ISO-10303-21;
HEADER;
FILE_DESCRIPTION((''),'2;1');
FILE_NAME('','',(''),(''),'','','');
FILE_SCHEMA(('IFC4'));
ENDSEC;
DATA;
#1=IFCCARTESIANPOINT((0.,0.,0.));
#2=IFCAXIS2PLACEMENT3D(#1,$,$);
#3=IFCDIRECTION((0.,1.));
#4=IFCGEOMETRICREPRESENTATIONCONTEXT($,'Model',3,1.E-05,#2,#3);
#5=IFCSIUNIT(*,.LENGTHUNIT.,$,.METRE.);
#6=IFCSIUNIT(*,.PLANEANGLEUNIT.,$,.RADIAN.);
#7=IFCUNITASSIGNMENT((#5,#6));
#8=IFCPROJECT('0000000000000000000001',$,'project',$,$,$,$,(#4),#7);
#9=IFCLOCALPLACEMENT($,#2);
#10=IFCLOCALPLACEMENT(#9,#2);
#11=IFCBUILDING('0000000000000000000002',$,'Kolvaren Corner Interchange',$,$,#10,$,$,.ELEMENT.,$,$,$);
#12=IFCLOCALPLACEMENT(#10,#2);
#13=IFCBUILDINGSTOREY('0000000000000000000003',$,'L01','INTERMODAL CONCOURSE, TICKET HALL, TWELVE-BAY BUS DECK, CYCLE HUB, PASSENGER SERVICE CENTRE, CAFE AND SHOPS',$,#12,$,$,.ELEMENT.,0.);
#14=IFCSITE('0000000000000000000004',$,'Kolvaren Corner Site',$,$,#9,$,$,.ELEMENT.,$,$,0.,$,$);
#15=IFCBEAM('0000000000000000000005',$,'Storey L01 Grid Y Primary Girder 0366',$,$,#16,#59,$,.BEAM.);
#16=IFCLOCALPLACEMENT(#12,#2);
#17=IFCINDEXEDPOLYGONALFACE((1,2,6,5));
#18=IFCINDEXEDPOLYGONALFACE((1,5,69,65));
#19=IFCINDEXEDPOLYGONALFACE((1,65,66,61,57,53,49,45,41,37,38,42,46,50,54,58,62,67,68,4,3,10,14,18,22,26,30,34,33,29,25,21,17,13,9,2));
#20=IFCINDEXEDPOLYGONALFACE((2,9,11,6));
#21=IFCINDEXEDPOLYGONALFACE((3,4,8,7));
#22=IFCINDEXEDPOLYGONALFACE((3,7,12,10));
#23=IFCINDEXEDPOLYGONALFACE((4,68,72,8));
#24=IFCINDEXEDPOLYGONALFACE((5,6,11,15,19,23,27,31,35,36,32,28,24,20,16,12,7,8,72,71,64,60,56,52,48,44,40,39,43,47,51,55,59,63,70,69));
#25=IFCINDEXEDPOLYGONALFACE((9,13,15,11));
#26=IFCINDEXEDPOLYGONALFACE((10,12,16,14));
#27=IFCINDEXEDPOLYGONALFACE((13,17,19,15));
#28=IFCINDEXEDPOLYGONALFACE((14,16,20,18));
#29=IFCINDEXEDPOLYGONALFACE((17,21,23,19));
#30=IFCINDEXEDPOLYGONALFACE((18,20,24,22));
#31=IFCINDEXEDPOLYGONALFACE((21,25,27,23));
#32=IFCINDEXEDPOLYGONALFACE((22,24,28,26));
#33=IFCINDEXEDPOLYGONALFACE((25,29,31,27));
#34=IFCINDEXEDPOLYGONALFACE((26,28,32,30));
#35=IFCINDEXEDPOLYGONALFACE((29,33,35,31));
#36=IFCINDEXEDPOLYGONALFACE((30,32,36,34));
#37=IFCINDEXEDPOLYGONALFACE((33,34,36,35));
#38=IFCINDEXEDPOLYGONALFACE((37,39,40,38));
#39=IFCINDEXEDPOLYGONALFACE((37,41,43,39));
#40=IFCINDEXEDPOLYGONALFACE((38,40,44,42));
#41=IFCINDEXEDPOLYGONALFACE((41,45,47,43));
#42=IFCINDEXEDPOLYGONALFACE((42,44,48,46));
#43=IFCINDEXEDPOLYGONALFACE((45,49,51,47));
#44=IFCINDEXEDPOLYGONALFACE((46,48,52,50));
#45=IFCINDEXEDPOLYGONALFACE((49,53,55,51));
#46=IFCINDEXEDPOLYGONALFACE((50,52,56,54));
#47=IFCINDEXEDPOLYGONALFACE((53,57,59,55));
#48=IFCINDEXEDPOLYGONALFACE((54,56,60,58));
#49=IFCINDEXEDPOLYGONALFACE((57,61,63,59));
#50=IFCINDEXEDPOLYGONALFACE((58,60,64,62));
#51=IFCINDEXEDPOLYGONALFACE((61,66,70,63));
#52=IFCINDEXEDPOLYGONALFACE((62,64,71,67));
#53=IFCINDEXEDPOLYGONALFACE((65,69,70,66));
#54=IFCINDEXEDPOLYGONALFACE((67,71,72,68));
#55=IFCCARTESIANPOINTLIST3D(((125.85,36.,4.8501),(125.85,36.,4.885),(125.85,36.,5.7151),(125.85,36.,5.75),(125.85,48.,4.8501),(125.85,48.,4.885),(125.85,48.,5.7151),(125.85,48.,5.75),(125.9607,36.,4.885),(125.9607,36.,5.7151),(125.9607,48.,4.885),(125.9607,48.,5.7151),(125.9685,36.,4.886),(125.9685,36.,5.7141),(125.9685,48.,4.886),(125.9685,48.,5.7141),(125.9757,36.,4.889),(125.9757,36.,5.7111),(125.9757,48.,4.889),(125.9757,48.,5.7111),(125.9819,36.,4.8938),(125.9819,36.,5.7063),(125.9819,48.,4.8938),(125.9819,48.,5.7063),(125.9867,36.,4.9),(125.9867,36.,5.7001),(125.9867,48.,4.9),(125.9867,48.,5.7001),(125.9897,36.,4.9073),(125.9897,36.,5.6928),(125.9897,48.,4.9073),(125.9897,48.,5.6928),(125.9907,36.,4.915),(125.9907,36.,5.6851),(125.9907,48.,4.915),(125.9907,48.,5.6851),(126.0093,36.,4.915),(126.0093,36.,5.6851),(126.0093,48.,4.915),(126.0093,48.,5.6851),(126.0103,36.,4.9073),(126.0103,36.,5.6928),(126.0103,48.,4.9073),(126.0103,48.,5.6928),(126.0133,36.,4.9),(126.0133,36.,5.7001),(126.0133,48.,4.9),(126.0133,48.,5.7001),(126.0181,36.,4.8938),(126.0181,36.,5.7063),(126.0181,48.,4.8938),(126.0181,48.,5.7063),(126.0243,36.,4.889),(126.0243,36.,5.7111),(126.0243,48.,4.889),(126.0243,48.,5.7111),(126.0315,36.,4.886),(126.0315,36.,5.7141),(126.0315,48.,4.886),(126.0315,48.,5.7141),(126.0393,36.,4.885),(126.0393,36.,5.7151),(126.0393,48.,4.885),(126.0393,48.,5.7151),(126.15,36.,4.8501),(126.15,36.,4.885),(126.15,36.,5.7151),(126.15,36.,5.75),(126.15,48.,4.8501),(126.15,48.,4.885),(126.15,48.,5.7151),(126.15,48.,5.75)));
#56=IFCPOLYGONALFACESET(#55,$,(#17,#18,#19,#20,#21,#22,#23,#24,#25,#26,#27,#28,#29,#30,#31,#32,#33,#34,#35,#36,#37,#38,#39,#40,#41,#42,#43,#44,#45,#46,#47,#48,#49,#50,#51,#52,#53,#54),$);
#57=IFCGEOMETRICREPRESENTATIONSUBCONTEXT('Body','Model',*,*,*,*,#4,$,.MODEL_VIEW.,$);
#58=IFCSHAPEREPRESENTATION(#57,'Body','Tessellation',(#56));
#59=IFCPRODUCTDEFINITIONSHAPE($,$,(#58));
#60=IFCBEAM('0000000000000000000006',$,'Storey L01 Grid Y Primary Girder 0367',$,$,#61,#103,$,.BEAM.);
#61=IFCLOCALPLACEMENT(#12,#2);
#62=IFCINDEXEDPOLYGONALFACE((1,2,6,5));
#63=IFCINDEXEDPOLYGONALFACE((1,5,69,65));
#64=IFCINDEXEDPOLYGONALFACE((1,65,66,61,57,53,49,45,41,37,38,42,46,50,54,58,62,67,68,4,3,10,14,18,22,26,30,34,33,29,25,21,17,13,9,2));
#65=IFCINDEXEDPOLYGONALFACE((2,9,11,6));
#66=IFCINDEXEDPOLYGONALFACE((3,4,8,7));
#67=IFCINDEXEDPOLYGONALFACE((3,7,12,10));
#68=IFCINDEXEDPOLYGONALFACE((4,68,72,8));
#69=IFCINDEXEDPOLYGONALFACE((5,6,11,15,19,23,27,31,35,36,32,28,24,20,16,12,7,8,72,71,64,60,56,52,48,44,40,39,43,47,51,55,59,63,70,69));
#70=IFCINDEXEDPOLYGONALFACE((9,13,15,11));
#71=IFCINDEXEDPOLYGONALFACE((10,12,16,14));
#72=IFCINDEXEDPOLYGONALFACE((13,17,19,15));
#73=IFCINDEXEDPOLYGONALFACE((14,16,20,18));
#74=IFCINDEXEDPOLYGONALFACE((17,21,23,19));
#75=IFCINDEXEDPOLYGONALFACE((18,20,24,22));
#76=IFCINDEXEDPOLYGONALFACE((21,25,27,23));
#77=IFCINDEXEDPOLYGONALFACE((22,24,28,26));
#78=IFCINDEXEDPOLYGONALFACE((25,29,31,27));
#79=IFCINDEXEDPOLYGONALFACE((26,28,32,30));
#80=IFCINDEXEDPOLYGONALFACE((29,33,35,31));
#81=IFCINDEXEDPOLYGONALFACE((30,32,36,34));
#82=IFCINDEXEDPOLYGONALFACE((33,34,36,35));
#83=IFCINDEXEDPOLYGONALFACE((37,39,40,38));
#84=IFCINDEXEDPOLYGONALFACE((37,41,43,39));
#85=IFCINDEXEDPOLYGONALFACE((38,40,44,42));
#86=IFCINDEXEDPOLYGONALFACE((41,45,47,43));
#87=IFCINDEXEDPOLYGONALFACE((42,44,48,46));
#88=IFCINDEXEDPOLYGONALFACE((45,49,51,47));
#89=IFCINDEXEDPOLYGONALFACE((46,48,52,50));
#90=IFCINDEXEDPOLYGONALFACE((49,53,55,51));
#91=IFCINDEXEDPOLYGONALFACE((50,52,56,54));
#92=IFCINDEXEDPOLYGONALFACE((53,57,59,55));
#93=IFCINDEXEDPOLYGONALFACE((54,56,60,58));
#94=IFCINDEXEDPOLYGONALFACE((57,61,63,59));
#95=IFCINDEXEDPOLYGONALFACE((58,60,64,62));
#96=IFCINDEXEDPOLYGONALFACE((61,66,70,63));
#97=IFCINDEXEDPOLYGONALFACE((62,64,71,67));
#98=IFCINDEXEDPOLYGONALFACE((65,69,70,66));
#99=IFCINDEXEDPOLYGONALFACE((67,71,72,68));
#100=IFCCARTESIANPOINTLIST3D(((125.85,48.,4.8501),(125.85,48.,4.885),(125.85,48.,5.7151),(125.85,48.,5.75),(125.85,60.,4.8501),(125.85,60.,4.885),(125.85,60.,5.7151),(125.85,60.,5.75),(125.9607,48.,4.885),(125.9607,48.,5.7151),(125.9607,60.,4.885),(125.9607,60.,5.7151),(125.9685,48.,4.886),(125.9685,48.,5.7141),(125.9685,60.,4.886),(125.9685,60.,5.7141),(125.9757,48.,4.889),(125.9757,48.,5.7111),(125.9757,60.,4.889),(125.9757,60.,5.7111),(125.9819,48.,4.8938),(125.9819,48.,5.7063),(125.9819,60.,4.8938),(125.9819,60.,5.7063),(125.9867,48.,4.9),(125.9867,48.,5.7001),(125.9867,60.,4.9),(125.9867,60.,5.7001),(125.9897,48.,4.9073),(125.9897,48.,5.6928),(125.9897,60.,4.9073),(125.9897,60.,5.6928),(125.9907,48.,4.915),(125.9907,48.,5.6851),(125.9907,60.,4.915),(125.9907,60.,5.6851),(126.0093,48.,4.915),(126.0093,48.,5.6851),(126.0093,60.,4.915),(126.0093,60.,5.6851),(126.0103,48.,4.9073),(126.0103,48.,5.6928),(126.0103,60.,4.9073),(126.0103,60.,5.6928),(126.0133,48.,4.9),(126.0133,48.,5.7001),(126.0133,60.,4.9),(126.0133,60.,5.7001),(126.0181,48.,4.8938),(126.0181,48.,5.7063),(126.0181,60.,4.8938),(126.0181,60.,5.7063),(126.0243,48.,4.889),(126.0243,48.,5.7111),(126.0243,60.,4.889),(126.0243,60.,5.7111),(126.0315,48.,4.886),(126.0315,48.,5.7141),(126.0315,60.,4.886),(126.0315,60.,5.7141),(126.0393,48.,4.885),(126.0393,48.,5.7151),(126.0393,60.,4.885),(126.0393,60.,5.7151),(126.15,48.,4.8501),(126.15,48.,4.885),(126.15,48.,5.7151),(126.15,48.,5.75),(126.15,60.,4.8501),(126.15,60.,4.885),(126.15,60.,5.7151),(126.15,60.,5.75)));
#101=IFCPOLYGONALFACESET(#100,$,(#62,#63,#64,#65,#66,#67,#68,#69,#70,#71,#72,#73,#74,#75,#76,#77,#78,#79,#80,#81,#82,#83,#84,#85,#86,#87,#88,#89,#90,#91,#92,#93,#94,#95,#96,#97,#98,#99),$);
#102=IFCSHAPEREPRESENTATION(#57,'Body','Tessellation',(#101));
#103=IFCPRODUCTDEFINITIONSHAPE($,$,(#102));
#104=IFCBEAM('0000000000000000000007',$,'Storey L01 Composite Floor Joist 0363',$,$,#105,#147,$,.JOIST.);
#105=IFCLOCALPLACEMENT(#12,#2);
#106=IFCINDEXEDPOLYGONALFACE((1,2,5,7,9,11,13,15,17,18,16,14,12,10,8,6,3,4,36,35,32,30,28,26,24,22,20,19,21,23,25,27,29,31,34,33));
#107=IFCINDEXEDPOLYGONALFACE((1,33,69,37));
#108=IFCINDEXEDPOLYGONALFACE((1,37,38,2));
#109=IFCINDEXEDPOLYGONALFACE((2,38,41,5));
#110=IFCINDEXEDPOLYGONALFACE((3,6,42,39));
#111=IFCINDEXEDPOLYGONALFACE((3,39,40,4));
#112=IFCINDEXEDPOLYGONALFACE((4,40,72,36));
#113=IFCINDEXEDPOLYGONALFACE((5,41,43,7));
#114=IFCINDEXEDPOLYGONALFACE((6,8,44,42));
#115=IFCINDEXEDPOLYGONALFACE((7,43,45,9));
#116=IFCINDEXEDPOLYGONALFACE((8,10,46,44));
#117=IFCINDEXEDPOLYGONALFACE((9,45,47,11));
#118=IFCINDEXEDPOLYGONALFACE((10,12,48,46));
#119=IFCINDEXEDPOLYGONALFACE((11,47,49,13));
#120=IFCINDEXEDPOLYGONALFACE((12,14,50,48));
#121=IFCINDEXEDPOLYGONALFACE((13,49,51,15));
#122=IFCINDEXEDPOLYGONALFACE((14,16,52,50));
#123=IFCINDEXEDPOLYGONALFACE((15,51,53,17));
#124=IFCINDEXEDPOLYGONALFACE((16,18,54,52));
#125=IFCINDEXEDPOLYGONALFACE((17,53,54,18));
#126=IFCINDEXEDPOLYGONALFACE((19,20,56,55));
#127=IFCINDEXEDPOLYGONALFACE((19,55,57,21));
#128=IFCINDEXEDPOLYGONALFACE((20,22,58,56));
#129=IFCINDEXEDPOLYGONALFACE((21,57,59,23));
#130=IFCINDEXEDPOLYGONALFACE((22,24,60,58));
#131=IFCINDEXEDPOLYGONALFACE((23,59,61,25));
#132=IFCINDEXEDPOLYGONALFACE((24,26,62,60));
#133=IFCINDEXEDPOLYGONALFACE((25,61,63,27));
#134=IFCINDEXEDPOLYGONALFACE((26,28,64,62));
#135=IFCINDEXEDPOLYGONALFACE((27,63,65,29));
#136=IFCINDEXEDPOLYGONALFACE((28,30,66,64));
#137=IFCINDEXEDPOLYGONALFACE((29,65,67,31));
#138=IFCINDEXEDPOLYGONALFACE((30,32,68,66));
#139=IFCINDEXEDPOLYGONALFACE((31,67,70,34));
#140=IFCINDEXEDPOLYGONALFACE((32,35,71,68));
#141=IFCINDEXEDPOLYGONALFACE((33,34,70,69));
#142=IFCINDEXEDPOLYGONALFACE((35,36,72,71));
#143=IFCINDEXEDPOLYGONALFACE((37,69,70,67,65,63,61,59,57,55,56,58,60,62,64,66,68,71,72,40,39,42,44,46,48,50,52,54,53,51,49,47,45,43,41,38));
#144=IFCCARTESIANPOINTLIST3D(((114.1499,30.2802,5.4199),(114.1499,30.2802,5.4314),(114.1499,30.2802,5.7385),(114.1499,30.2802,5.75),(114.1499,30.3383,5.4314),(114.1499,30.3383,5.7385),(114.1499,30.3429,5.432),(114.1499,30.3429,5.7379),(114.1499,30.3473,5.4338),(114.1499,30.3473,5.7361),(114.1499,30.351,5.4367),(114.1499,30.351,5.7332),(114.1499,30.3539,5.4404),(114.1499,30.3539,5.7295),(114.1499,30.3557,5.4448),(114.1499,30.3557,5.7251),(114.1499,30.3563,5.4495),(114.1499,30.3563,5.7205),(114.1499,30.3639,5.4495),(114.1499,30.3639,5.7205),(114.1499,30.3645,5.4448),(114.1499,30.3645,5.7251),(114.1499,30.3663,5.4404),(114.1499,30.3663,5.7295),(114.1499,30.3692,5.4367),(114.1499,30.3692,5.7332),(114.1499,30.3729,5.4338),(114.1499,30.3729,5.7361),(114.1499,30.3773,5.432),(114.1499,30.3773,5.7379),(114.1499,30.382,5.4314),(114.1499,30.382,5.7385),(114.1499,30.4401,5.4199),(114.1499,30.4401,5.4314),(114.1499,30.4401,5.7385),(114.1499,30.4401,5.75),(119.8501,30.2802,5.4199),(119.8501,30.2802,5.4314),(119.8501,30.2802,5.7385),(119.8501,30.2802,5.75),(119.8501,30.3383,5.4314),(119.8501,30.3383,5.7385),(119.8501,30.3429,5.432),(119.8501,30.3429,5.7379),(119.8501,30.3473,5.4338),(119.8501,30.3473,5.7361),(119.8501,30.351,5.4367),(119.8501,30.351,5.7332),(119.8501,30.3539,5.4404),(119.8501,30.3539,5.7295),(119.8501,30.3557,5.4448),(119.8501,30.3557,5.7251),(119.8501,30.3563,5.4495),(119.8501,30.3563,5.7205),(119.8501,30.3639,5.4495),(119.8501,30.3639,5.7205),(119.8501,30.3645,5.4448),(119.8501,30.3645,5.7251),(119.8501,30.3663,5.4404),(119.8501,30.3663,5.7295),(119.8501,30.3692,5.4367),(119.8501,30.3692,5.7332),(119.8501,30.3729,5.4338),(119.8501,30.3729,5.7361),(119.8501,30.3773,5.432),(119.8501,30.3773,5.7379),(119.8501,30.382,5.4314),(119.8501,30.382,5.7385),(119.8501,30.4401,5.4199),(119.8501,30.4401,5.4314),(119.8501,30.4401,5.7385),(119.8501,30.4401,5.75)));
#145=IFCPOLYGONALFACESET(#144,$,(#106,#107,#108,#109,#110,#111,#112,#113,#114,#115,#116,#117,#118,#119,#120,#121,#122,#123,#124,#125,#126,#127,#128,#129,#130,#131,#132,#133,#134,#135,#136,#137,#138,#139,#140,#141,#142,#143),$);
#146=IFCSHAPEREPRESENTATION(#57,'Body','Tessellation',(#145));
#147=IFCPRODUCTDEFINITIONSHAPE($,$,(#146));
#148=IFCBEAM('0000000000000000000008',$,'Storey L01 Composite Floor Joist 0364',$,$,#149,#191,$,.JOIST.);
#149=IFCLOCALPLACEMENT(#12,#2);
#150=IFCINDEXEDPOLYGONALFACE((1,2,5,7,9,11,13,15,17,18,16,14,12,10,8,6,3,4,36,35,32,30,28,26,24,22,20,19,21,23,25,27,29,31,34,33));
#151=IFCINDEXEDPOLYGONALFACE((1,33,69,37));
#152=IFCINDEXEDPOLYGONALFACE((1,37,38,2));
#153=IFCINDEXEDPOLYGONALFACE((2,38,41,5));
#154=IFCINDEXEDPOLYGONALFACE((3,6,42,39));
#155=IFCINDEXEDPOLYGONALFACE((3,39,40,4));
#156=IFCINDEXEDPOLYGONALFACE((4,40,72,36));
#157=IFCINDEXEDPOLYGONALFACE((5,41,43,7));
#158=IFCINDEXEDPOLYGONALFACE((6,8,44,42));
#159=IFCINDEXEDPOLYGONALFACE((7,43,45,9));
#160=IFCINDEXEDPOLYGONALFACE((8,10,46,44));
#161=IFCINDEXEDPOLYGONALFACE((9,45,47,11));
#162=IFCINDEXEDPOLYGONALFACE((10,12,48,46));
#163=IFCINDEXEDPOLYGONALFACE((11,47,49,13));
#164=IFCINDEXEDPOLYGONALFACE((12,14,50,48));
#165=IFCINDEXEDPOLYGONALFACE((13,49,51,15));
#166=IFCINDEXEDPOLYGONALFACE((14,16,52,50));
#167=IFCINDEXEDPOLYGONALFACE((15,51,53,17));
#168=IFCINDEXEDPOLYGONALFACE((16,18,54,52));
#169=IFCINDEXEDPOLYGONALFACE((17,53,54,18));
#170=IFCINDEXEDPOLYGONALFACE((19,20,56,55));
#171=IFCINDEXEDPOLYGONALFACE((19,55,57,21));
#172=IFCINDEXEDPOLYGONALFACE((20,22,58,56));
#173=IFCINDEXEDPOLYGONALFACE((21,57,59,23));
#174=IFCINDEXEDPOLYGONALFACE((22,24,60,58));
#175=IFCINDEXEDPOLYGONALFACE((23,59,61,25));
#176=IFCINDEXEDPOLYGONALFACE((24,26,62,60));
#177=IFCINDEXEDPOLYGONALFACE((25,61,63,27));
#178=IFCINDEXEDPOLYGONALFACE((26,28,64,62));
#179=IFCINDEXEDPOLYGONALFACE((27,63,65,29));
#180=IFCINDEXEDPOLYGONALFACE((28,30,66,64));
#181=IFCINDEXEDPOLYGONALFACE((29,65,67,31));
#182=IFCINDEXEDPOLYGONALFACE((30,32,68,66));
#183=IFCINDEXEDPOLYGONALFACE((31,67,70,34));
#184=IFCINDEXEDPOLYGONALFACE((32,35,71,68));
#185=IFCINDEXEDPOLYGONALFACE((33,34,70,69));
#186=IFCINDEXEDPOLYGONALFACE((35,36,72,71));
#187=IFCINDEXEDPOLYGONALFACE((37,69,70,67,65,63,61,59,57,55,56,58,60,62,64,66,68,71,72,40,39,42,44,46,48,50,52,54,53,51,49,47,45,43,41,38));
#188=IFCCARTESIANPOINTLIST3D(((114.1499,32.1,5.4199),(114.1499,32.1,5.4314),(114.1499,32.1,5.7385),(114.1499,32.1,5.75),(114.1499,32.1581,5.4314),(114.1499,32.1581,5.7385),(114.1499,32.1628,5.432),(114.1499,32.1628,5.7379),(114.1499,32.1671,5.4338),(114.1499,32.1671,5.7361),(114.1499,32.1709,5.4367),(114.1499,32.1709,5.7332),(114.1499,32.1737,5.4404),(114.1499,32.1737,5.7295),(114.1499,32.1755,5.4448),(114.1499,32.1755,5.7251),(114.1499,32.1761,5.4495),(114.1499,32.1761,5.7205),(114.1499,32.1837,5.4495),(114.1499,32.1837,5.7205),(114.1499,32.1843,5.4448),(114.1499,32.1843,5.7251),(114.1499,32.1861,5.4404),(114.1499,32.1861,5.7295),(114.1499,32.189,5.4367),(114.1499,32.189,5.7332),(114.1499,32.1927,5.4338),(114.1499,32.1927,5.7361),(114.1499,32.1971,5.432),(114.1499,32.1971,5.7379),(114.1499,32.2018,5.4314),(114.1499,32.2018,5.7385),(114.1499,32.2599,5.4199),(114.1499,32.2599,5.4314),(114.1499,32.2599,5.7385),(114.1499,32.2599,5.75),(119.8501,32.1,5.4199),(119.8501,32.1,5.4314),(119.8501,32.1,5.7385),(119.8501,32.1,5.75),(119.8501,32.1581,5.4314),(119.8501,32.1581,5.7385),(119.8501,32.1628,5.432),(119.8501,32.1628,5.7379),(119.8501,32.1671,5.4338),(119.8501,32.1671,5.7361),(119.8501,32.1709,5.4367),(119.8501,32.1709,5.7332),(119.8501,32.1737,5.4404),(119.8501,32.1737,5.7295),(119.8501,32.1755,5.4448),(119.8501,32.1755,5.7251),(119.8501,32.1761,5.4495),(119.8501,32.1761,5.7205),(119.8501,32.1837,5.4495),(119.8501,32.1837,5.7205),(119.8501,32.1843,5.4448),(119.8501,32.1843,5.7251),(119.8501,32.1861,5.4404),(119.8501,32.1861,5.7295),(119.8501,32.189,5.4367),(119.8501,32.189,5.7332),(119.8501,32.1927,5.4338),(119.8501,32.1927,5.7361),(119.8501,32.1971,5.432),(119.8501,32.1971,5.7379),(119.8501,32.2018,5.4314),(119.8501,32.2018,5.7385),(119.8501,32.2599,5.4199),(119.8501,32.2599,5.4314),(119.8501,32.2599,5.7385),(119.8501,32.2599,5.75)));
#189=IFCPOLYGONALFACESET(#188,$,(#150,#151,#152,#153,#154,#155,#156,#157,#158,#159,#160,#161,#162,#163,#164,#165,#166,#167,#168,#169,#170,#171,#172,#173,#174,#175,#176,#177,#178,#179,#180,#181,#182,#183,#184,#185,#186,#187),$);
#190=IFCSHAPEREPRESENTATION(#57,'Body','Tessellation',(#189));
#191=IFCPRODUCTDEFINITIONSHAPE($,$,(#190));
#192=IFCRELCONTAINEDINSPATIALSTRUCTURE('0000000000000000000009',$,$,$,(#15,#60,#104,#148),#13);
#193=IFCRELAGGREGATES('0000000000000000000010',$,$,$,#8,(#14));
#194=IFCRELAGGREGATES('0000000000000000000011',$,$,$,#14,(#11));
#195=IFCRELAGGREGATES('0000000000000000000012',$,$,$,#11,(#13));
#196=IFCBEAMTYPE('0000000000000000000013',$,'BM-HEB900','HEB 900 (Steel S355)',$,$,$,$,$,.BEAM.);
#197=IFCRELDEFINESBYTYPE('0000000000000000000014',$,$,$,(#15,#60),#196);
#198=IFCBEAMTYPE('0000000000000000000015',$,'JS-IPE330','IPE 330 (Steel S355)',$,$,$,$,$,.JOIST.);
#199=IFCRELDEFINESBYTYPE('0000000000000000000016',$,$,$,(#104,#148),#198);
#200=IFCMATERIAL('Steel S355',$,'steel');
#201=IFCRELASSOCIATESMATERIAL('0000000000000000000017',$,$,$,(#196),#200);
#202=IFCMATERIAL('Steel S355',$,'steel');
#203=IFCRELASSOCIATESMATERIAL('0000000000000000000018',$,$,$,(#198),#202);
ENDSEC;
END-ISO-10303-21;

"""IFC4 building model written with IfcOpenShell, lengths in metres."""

from ifc_helpers import new_model, si_unit, direction, frame, origin, origin_2d, place, context, subcontext, project, spatial, i_section, extrude, material, material_profile, profile_set, type_object, element, save


model = new_model("IFC4")

# Units and contexts
model_context = context("Model", 3, precision=1e-05, world=origin(), true_north=direction((0.0, 1.0)))
body_context = subcontext(model_context, "Body", "Model", "MODEL_VIEW")
ifc_project = project(units=[si_unit("LENGTHUNIT", "METRE"), si_unit("PLANEANGLEUNIT", "RADIAN")], contexts=[model_context])

# Site, building, storey
site_placement = place(None, origin())
site = spatial("IfcSite", under=ifc_project, at=site_placement, Name="Kolvaren Corner Site", CompositionType="ELEMENT", RefElevation=0.0)
building_placement = place(site_placement, origin())
building = spatial("IfcBuilding", under=site, at=building_placement, Name="Kolvaren Corner Interchange", CompositionType="ELEMENT")
storey_placement = place(building_placement, origin())
storey = spatial("IfcBuildingStorey", under=building, at=storey_placement, Name="L01", Description="INTERMODAL CONCOURSE, TICKET HALL, TWELVE-BAY BUS DECK, CYCLE HUB, PASSENGER SERVICE CENTRE, CAFE AND SHOPS", CompositionType="ELEMENT", Elevation=0.0)

# Beams
ifc_material_1 = material(Name="Steel S355", Category="steel")
ifc_material_profile_1 = material_profile(ifc_material_1, i_section(OverallWidth=0.3, OverallDepth=0.8999, WebThickness=0.0186, FlangeThickness=0.0349, FilletRadius=0.03, at=origin_2d()), Name="HEB 900")
ifc_profile_set_1 = profile_set([ifc_material_profile_1], Name="Steel S355")
beam_type_1 = type_object("IfcBeamType", Name="BM-HEB900", Description="HEB 900 (Steel S355)", PredefinedType="BEAM", material=ifc_profile_set_1)
for number, where, z_axis, x_axis, name in (
    (1, (126.0, 36.0, 5.3), (0.0, 1.0, 0.0), (-1.0, 0.0, 0.0), "Storey L01 Grid Y Primary Girder 0366"),
    (2, (126.0, 48.0, 5.3), (0.0, 1.0, 0.0), (-1.0, 0.0, 0.0), "Storey L01 Grid Y Primary Girder 0367"),
):
    element("IfcBeam", number, at=place(storey_placement, frame(where, z_axis=z_axis, x_axis=x_axis)), inside=storey, type_object=beam_type_1, Name=name, PredefinedType="BEAM", context=body_context, shape_type="SweptSolid", body=[
        extrude(i_section(OverallWidth=0.3, OverallDepth=0.8999, WebThickness=0.0186, FlangeThickness=0.0349, FilletRadius=0.03, at=origin_2d()), origin(), (0.0, 0.0, 1.0), 12.0),
    ])
ifc_material_2 = material(Name="Steel S355", Category="steel")
ifc_material_profile_2 = material_profile(ifc_material_2, i_section(OverallWidth=0.1599, OverallDepth=0.3301, WebThickness=0.0076, FlangeThickness=0.0115, FilletRadius=0.0181, at=origin_2d()), Name="IPE 330")
ifc_profile_set_2 = profile_set([ifc_material_profile_2], Name="Steel S355")
beam_type_2 = type_object("IfcBeamType", Name="JS-IPE330", Description="IPE 330 (Steel S355)", PredefinedType="JOIST", material=ifc_profile_set_2)
for number, where, z_axis, x_axis, name in (
    (3, (114.1499, 30.3601, 5.585), (1.0, 0.0, 0.0), (0.0, 1.0, 0.0), "Storey L01 Composite Floor Joist 0363"),
    (4, (114.1499, 32.1799, 5.585), (1.0, 0.0, 0.0), (0.0, 1.0, 0.0), "Storey L01 Composite Floor Joist 0364"),
):
    element("IfcBeam", number, at=place(storey_placement, frame(where, z_axis=z_axis, x_axis=x_axis)), inside=storey, type_object=beam_type_2, Name=name, PredefinedType="JOIST", context=body_context, shape_type="SweptSolid", body=[
        extrude(i_section(OverallWidth=0.1599, OverallDepth=0.3301, WebThickness=0.0076, FlangeThickness=0.0115, FilletRadius=0.0181, at=origin_2d()), origin(), (0.0, 0.0, 1.0), 5.7002),
    ])

save(model, "model.ifc")
